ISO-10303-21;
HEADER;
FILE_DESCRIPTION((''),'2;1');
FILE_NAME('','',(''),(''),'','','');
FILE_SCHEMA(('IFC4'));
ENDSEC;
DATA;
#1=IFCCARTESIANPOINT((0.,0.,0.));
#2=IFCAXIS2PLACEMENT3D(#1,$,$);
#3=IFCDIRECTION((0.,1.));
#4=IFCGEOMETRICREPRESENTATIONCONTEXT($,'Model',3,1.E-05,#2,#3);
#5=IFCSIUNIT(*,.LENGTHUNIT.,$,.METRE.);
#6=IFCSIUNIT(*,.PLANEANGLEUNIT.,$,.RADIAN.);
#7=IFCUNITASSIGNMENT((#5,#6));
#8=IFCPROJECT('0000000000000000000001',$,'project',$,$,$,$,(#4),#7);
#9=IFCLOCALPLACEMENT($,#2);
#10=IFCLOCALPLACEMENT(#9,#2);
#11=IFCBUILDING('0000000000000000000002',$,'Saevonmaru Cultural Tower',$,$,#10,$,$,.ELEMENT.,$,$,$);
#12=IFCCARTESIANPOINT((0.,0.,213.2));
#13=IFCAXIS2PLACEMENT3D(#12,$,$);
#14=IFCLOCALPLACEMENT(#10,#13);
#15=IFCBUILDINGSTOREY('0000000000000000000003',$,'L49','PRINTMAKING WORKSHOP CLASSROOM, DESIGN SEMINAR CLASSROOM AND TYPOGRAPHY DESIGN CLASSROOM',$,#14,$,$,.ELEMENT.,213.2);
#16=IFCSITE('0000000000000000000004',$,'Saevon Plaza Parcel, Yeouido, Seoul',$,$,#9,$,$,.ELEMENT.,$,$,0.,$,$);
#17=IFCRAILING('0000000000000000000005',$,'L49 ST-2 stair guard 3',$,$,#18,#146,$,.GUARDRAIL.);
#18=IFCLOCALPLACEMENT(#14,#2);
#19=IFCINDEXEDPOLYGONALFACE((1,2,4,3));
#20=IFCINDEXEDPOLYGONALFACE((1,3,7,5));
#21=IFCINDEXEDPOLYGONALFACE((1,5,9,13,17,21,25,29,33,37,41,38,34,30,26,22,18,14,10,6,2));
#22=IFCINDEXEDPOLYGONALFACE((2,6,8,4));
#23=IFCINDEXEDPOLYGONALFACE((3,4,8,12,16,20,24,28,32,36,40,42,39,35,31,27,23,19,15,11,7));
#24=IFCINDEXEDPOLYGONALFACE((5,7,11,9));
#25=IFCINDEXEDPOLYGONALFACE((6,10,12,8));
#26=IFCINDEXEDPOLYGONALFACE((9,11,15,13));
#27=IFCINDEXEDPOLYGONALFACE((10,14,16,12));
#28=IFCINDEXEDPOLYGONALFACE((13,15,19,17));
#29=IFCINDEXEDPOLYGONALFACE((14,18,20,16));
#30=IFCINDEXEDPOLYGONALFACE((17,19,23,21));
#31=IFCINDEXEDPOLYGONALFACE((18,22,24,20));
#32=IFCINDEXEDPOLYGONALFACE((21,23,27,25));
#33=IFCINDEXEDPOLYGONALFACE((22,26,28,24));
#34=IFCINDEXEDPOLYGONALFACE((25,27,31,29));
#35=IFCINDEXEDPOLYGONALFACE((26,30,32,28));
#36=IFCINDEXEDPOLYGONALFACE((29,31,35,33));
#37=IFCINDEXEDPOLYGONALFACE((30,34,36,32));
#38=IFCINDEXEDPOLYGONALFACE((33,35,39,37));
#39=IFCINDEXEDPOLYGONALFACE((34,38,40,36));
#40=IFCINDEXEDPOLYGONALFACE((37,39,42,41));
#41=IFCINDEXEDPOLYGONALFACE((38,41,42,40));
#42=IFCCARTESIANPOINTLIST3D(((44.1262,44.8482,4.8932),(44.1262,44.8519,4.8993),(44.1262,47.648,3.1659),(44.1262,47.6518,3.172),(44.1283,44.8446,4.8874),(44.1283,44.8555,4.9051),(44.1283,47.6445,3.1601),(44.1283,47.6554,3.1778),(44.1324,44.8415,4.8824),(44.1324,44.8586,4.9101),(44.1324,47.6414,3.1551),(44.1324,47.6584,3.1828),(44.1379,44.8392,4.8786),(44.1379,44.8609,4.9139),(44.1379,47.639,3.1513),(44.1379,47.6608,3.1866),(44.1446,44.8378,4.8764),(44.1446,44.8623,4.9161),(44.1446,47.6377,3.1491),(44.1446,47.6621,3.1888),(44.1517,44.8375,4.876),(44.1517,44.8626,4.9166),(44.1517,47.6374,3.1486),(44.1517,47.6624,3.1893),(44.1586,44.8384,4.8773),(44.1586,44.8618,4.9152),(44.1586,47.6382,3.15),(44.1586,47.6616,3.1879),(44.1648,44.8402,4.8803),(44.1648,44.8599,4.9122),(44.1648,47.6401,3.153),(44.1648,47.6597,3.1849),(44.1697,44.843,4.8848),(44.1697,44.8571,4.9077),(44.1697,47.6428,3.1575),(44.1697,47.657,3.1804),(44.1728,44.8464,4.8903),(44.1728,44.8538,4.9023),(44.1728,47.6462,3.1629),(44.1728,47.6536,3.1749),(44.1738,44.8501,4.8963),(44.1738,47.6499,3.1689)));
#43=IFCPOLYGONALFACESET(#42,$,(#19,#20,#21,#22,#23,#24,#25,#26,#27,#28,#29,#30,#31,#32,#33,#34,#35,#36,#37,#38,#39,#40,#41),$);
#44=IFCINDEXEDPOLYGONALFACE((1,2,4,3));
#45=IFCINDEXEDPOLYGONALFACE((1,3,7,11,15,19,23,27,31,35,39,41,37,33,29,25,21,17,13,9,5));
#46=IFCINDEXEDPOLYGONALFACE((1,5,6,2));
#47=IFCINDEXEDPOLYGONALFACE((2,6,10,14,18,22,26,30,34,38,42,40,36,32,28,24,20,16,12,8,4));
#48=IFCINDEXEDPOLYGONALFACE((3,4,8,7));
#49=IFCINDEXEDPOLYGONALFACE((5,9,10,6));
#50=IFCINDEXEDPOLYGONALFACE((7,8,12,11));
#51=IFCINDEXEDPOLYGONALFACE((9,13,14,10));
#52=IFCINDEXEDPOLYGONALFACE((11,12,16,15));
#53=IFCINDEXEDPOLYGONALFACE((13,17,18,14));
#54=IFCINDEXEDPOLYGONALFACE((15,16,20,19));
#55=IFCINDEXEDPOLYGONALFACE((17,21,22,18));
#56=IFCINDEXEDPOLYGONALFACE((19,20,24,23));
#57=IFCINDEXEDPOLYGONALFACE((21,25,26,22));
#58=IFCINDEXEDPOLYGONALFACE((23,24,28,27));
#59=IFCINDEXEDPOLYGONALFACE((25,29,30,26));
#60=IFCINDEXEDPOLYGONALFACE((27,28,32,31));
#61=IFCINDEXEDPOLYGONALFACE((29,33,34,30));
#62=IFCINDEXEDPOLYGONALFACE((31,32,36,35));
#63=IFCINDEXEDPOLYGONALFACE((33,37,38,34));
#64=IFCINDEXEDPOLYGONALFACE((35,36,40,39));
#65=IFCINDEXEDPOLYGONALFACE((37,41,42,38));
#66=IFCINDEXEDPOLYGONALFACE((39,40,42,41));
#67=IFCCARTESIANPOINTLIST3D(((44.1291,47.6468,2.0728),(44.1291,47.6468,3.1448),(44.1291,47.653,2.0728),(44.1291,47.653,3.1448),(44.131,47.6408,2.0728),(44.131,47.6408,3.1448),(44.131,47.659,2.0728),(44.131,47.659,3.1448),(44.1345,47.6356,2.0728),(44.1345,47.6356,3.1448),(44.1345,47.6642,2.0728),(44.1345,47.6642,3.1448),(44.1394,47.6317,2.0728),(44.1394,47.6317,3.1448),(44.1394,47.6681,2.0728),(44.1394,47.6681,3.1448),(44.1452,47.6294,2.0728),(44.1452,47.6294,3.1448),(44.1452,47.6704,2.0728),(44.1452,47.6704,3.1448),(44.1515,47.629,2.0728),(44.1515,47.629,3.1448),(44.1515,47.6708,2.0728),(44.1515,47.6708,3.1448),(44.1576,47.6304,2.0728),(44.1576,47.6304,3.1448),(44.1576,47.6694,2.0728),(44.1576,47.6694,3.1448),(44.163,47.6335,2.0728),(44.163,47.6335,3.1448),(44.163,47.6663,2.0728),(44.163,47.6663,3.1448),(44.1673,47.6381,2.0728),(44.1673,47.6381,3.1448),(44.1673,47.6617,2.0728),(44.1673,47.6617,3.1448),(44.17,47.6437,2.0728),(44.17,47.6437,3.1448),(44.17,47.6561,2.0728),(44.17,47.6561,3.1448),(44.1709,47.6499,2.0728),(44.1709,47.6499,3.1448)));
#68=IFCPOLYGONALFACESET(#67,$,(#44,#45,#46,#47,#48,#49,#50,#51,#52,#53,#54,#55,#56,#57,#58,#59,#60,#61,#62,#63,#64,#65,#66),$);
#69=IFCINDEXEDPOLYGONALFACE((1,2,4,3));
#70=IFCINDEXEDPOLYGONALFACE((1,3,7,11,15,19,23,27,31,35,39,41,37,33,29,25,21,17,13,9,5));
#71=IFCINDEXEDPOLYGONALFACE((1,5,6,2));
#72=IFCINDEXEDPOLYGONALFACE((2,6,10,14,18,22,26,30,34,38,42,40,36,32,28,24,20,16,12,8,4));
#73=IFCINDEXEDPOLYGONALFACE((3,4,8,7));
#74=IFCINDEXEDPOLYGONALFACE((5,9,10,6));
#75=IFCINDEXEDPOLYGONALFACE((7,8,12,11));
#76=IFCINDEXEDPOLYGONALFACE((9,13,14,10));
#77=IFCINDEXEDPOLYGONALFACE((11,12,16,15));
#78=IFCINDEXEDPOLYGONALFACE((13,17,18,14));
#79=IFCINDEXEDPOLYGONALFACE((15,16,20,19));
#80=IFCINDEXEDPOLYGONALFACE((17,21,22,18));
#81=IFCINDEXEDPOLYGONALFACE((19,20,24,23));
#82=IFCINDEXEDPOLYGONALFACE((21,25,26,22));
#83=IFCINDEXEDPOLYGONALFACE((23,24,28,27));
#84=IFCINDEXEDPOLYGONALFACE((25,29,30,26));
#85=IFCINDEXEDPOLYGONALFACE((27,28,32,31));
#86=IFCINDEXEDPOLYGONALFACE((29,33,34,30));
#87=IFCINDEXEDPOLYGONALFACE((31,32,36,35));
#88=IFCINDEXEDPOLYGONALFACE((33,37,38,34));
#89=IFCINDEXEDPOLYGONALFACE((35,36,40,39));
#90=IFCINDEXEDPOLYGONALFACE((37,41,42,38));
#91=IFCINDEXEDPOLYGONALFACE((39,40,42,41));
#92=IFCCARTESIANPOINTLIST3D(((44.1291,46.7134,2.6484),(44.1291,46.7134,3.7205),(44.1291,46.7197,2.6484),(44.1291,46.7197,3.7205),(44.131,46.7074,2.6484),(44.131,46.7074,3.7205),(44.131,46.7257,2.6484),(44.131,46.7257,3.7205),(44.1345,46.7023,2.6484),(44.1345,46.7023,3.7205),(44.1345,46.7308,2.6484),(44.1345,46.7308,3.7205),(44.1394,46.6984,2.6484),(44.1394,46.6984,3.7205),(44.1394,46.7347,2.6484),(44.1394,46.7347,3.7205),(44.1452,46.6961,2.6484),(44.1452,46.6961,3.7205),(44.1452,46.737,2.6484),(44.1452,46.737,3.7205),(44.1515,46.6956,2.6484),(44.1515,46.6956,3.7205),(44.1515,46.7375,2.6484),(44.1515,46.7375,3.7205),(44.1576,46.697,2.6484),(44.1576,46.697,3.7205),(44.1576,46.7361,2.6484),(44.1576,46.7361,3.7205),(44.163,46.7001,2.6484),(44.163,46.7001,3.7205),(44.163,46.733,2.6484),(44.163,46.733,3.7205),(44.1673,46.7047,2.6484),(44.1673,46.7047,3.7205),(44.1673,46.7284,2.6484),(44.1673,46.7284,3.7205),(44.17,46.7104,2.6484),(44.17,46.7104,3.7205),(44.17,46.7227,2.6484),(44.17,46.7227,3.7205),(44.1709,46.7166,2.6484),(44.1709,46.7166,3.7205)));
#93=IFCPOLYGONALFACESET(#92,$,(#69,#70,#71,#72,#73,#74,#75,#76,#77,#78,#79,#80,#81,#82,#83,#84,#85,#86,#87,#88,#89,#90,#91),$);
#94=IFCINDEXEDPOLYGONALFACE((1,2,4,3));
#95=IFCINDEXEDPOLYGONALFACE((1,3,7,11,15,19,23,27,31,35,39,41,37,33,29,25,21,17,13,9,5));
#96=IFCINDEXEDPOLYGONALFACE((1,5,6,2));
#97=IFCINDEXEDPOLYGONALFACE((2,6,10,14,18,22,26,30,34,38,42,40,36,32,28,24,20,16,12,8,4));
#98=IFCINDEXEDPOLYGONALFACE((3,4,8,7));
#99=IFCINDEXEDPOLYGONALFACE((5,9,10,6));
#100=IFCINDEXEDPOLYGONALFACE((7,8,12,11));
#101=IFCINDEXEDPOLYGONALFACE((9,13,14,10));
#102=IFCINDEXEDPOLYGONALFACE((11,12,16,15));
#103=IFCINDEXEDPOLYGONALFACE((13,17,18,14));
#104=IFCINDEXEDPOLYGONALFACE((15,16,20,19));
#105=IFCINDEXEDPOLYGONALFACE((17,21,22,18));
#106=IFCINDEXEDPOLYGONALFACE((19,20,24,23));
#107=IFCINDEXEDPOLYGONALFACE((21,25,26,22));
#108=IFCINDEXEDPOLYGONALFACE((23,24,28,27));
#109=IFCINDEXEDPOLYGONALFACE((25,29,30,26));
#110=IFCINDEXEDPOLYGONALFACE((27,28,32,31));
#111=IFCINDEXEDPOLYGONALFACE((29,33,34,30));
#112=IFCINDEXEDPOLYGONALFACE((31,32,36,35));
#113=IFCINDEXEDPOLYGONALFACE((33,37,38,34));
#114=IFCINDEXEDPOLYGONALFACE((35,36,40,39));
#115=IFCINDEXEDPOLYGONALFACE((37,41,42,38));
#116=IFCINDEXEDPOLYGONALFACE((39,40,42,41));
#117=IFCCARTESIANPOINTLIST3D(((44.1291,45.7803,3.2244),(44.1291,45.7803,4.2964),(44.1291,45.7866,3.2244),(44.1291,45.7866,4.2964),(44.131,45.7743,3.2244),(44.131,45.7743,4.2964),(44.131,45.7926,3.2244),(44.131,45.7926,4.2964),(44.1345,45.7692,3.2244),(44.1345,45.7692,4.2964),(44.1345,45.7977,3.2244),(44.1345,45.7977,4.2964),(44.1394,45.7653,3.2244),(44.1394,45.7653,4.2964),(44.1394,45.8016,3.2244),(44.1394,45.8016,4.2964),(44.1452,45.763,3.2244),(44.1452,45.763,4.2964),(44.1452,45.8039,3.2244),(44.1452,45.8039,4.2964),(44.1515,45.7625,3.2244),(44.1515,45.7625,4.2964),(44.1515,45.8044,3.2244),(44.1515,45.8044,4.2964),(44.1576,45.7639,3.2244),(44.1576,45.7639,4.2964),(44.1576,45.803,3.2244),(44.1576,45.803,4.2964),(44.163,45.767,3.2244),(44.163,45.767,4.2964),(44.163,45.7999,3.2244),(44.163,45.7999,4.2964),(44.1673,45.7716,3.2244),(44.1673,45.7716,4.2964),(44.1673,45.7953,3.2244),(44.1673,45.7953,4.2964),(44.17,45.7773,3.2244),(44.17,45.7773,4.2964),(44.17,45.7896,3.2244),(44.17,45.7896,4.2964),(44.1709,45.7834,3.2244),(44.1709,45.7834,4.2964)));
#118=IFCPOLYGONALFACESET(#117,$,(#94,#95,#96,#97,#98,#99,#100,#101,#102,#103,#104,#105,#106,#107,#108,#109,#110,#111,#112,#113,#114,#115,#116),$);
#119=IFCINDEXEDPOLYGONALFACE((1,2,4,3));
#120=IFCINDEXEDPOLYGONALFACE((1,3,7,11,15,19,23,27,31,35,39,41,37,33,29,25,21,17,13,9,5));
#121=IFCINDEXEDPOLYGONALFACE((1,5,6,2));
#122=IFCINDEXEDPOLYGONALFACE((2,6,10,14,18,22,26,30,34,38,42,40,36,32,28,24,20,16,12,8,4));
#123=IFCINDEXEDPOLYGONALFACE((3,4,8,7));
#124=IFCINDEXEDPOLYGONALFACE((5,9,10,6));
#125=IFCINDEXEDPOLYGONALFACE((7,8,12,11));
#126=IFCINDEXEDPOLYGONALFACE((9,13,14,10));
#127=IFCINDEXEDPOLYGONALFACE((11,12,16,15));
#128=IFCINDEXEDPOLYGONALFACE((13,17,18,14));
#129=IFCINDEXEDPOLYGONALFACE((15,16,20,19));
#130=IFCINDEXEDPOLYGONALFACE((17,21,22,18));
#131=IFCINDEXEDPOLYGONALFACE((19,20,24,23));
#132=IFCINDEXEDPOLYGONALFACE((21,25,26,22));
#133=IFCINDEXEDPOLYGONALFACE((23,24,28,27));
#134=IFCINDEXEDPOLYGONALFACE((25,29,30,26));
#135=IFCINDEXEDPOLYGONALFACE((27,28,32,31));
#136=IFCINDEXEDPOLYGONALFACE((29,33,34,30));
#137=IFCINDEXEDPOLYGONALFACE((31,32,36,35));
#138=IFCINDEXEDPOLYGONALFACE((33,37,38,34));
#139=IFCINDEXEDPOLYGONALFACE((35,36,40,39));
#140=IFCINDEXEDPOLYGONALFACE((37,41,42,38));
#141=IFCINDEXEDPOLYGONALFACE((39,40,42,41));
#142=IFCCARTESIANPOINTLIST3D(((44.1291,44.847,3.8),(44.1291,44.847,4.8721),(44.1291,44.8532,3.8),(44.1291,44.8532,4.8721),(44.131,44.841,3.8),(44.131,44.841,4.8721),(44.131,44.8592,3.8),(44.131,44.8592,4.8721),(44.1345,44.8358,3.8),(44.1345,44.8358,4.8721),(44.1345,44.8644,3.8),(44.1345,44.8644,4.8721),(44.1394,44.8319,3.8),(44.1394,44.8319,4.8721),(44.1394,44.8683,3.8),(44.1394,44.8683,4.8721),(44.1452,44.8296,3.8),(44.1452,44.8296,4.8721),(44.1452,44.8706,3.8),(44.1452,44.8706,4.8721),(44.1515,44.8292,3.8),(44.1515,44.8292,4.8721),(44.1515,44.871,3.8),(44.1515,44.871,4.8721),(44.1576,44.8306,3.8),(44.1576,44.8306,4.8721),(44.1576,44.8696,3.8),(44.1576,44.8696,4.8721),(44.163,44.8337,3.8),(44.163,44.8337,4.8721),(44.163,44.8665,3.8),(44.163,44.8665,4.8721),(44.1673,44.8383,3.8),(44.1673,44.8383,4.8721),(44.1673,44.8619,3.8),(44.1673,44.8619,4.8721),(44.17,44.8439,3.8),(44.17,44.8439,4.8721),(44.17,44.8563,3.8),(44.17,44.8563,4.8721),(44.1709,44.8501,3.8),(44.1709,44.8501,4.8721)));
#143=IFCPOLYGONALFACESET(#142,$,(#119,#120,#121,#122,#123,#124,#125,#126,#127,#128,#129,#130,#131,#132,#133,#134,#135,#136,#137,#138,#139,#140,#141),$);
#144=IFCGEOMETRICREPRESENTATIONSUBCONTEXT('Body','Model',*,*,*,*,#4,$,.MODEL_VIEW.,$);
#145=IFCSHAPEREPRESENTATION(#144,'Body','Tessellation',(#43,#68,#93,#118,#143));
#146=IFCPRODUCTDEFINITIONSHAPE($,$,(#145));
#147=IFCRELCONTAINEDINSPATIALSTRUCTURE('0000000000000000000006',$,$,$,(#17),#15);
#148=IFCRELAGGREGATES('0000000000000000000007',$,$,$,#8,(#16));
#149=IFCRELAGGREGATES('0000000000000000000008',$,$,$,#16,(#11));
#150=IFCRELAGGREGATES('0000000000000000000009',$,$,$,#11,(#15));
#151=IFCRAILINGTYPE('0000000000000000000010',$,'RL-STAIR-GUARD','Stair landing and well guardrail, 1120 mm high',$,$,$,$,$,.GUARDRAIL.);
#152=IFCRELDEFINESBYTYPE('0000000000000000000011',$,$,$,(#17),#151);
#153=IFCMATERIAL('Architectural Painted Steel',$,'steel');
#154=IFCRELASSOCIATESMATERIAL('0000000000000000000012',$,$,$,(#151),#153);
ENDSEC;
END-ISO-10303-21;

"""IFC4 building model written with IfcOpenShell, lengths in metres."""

from ifc_helpers import new_model, si_unit, direction, frame, origin, origin_2d, place, context, subcontext, project, spatial, circle, extrude, material, type_object, element, save


model = new_model("IFC4")

# Units and contexts
model_context = context("Model", 3, precision=1e-05, world=origin(), true_north=direction((0.0, 1.0)))
body_context = subcontext(model_context, "Body", "Model", "MODEL_VIEW")
ifc_project = project(units=[si_unit("LENGTHUNIT", "METRE"), si_unit("PLANEANGLEUNIT", "RADIAN")], contexts=[model_context])

# Site, building, storey
site_placement = place(None, origin())
site = spatial("IfcSite", under=ifc_project, at=site_placement, Name="Saevon Plaza Parcel, Yeouido, Seoul", CompositionType="ELEMENT", RefElevation=0.0)
building_placement = place(site_placement, origin())
building = spatial("IfcBuilding", under=site, at=building_placement, Name="Saevonmaru Cultural Tower", CompositionType="ELEMENT")
storey_placement = place(building_placement, frame((0.0, 0.0, 213.2)))
storey = spatial("IfcBuildingStorey", under=building, at=storey_placement, Name="L49", Description="PRINTMAKING WORKSHOP CLASSROOM, DESIGN SEMINAR CLASSROOM AND TYPOGRAPHY DESIGN CLASSROOM", CompositionType="ELEMENT", Elevation=213.2)

# Railing
ifc_material_1 = material(Name="Architectural Painted Steel", Category="steel")
railing_type_1 = type_object("IfcRailingType", Name="RL-STAIR-GUARD", Description="Stair landing and well guardrail, 1120 mm high", PredefinedType="GUARDRAIL", material=ifc_material_1)
railing_1_placement = place(storey_placement, frame((44.1499, 47.6499, 2.0728)))
element("IfcRailing", 1, at=railing_1_placement, inside=storey, type_object=railing_type_1, Name="L49 ST-2 stair guard 3", PredefinedType="GUARDRAIL", context=body_context, shape_type="SweptSolid", body=[
    extrude(circle(Radius=0.0239, at=origin_2d()), frame((0.0, 0.0, 1.0962), z_axis=(0.0, -0.851069, 0.525054), x_axis=(1.0, 0.0, 0.0)), (0.0, 0.0, 1.0), 3.2898),
    extrude(circle(Radius=0.021, at=origin_2d()), origin(), (0.0, 0.0, 1.0), 1.072),
    extrude(circle(Radius=0.021, at=origin_2d()), frame((0.0, -0.9333, 0.5757)), (0.0, 0.0, 1.0), 1.072),
    extrude(circle(Radius=0.021, at=origin_2d()), frame((0.0, -1.8665, 1.1516)), (0.0, 0.0, 1.0), 1.072),
    extrude(circle(Radius=0.021, at=origin_2d()), frame((0.0, -2.7998, 1.7273)), (0.0, 0.0, 1.0), 1.072),
])

save(model, "model.ifc")
